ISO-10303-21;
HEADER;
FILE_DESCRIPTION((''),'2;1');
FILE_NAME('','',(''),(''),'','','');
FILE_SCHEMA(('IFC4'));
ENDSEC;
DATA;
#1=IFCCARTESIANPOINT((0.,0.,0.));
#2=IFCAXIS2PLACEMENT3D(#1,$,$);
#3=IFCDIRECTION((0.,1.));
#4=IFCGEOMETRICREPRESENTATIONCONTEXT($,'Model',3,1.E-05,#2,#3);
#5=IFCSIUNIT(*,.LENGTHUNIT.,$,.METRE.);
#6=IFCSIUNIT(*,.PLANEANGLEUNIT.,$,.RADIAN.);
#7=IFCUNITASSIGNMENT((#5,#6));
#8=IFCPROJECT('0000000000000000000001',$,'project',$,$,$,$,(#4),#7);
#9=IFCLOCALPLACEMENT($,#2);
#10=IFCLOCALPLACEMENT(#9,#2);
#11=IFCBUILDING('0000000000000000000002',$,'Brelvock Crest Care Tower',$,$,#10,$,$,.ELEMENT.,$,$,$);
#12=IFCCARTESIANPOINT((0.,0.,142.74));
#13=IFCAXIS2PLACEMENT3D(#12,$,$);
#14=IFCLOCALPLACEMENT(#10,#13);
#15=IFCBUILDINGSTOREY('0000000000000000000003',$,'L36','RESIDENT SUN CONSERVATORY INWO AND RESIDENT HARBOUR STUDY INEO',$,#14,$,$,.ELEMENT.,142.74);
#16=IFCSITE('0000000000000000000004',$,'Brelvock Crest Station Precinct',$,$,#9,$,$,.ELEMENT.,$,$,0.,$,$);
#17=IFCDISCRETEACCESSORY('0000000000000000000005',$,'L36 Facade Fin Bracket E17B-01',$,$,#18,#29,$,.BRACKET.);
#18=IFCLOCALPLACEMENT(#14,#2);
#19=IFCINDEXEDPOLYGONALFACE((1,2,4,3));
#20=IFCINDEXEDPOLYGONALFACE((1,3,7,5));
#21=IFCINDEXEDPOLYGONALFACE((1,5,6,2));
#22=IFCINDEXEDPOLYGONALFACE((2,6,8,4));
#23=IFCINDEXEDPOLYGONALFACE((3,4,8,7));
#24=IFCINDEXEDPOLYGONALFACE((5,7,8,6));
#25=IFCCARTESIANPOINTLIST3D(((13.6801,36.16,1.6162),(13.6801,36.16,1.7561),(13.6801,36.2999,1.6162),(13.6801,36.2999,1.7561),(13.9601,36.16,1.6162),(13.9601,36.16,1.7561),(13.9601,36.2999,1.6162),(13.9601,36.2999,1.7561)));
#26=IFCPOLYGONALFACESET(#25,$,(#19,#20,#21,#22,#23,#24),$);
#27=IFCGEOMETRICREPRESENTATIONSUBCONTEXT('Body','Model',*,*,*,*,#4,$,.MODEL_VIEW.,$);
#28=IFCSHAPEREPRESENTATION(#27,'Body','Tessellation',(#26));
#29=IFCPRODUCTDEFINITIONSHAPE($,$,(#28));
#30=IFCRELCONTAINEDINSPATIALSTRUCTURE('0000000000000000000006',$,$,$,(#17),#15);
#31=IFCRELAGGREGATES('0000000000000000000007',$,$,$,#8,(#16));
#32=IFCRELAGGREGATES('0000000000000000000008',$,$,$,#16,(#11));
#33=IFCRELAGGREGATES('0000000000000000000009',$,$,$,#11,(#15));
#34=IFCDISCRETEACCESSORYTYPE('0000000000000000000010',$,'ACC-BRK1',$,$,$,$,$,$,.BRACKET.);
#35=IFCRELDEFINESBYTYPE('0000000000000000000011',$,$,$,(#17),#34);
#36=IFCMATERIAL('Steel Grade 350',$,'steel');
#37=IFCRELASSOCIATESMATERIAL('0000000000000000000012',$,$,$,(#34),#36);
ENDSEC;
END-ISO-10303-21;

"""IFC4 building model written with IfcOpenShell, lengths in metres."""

from ifc_helpers import new_model, si_unit, direction, frame, origin, origin_2d, place, context, subcontext, project, spatial, rectangle, extrude, source, transform, mapped, material, type_object, element, save


model = new_model("IFC4")

# Units and contexts
model_context = context("Model", 3, precision=1e-05, world=origin(), true_north=direction((0.0, 1.0)))
body_context = subcontext(model_context, "Body", "Model", "MODEL_VIEW")
ifc_project = project(units=[si_unit("LENGTHUNIT", "METRE"), si_unit("PLANEANGLEUNIT", "RADIAN")], contexts=[model_context])

# Site, building, storey
site_placement = place(None, origin())
site = spatial("IfcSite", under=ifc_project, at=site_placement, Name="Brelvock Crest Station Precinct", CompositionType="ELEMENT", RefElevation=0.0)
building_placement = place(site_placement, origin())
building = spatial("IfcBuilding", under=site, at=building_placement, Name="Brelvock Crest Care Tower", CompositionType="ELEMENT")
storey_placement = place(building_placement, frame((0.0, 0.0, 142.74)))
storey = spatial("IfcBuildingStorey", under=building, at=storey_placement, Name="L36", Description="RESIDENT SUN CONSERVATORY INWO AND RESIDENT HARBOUR STUDY INEO", CompositionType="ELEMENT", Elevation=142.74)

# Shared definitions
ifc_material_1 = material(Name="Steel Grade 350", Category="steel")

# Discrete accessory
discrete_accessory_type = type_object("IfcDiscreteAccessoryType", Name="ACC-BRK1", PredefinedType="BRACKET", material=ifc_material_1)
shared_shape_1 = source(origin(), body_context, "Body", "SweptSolid", [
    extrude(rectangle(XDim=0.28, YDim=0.1399, at=origin_2d()), origin(), (0.0, 0.0, 1.0), 0.1399),
])
for number, where, z_axis, x_axis, name in (
    (1, (13.8201, 36.23, 1.6162), (0.0, 0.0, 1.0), (-1.0, 0.0, 0.0), "L36 Facade Fin Bracket E17B-01"),
):
    element("IfcDiscreteAccessory", number, at=place(storey_placement, frame(where, z_axis=z_axis, x_axis=x_axis)), inside=storey, type_object=discrete_accessory_type, Name=name, PredefinedType="BRACKET", context=body_context, shape_type="MappedRepresentation", body=[
        mapped(shared_shape_1, transform((0.0, 0.0, 0.0), x_axis=(1.0, 0.0, 0.0), y_axis=(0.0, 1.0, 0.0), z_axis=(0.0, 0.0, 1.0), scale=1.0)),
    ])

save(model, "model.ifc")
